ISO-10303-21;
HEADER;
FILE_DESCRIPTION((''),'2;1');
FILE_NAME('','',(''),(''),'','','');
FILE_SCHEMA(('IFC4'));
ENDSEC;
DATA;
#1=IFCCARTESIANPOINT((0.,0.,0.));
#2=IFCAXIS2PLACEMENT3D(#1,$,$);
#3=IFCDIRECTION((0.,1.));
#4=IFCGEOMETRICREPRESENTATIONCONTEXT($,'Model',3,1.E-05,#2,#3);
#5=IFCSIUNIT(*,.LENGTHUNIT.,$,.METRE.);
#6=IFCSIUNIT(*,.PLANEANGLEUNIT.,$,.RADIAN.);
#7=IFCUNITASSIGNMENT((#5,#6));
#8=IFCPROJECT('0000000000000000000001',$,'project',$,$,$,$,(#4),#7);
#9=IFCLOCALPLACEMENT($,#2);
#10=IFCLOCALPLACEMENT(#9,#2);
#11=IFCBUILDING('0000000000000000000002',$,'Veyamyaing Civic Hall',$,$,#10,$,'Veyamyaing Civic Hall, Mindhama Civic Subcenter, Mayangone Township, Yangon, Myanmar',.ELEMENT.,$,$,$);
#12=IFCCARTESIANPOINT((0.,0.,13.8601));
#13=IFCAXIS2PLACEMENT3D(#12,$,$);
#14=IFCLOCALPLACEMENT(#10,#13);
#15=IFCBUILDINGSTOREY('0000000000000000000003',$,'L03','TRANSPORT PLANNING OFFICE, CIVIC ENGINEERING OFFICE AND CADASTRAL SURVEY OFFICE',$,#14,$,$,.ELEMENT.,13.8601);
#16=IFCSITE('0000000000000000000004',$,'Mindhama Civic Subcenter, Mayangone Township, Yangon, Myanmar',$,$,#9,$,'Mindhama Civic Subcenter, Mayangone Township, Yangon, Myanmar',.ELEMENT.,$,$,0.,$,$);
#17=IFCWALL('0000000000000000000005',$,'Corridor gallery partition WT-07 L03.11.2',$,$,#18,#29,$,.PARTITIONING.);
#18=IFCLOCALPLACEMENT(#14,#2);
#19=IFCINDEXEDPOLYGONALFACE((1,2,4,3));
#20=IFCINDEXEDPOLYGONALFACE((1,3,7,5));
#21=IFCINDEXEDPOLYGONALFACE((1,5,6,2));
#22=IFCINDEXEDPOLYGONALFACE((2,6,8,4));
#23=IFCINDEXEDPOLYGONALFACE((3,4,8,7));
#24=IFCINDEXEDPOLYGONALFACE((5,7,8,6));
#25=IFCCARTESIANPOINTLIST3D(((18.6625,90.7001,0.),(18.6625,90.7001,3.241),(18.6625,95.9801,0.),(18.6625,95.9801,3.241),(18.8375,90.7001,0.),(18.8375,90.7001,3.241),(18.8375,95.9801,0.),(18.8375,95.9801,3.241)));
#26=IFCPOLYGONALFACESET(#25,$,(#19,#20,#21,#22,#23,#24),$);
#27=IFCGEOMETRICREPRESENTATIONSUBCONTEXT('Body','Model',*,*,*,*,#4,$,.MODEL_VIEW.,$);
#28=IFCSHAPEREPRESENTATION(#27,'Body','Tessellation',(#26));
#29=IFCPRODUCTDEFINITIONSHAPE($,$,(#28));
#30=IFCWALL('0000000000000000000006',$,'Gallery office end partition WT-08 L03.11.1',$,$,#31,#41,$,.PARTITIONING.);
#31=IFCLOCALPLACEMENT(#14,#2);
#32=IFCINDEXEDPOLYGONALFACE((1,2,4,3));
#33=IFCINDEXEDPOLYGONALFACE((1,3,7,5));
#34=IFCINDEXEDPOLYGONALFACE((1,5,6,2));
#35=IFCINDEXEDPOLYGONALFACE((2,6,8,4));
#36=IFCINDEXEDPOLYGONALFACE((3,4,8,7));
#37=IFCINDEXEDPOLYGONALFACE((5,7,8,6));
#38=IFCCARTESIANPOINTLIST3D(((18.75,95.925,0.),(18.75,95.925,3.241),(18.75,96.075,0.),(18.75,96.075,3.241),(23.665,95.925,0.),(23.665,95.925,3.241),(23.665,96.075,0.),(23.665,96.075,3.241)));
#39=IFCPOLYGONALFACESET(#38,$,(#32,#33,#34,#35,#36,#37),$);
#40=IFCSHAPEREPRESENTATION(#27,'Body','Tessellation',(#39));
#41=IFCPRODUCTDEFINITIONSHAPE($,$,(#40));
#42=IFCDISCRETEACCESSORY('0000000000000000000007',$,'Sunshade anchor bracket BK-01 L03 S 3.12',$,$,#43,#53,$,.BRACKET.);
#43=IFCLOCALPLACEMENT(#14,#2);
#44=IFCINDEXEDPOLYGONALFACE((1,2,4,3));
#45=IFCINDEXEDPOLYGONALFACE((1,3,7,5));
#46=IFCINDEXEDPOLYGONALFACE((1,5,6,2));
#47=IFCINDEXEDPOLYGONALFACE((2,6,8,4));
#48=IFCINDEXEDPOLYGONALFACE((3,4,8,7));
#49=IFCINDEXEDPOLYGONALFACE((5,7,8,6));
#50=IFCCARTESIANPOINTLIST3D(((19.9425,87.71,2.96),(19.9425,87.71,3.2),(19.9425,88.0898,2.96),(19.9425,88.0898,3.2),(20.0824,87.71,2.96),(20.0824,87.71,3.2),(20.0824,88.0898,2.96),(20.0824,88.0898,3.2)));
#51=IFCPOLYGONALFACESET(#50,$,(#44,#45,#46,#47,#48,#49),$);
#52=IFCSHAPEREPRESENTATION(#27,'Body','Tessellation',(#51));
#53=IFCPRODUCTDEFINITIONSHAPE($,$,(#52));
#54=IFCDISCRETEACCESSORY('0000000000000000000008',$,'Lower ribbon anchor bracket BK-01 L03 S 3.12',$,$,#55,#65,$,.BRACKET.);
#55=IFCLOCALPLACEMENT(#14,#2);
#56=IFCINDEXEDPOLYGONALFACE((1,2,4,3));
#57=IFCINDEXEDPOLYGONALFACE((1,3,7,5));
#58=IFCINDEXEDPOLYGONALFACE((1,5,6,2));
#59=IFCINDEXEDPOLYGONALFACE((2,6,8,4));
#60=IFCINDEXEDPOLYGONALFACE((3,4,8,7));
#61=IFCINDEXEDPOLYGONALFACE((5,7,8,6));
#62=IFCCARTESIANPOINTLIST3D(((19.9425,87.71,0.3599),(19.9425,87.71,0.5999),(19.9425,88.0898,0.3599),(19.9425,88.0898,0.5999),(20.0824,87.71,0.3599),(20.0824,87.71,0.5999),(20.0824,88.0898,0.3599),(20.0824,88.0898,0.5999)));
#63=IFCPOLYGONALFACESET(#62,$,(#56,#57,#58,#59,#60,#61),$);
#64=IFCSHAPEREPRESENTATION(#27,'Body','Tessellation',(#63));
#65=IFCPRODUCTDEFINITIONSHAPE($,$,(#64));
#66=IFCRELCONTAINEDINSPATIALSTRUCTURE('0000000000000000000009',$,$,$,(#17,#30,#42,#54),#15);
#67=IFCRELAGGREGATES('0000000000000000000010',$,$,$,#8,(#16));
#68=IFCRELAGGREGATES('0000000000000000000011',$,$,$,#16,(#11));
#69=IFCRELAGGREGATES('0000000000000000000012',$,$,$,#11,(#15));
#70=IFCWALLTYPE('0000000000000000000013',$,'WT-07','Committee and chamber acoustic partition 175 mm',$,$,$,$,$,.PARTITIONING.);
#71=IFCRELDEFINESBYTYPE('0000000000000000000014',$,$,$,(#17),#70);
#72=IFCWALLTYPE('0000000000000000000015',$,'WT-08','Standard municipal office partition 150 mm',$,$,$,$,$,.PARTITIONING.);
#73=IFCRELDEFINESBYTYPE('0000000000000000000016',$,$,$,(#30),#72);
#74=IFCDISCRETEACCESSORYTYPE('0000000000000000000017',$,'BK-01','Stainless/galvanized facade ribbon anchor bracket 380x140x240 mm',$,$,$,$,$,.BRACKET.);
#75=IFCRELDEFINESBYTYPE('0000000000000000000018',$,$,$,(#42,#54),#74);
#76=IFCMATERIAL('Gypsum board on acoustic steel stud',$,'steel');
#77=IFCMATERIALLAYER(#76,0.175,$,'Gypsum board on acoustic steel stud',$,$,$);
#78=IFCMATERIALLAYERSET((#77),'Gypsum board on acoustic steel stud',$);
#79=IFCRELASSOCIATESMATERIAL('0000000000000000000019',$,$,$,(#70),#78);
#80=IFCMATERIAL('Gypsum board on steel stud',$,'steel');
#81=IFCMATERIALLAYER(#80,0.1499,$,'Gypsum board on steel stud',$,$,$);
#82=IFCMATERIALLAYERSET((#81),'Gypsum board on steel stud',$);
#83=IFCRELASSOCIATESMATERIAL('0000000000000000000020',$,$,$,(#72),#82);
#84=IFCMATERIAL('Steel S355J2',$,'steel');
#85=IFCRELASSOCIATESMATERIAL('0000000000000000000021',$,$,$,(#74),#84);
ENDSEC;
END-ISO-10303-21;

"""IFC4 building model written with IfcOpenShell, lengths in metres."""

from ifc_helpers import new_model, si_unit, direction, frame, frame_2d, origin, origin_2d, place, context, subcontext, project, spatial, rectangle, extrude, material, layer, layer_set, type_object, element, save


model = new_model("IFC4")

# Units and contexts
model_context = context("Model", 3, precision=1e-05, world=origin(), true_north=direction((0.0, 1.0)))
body_context = subcontext(model_context, "Body", "Model", "MODEL_VIEW")
ifc_project = project(units=[si_unit("LENGTHUNIT", "METRE"), si_unit("PLANEANGLEUNIT", "RADIAN")], contexts=[model_context])

# Site, building, storey
site_placement = place(None, origin())
site = spatial("IfcSite", under=ifc_project, at=site_placement, Name="Mindhama Civic Subcenter, Mayangone Township, Yangon, Myanmar", LongName="Mindhama Civic Subcenter, Mayangone Township, Yangon, Myanmar", CompositionType="ELEMENT", RefElevation=0.0)
building_placement = place(site_placement, origin())
building = spatial("IfcBuilding", under=site, at=building_placement, Name="Veyamyaing Civic Hall", LongName="Veyamyaing Civic Hall, Mindhama Civic Subcenter, Mayangone Township, Yangon, Myanmar", CompositionType="ELEMENT")
storey_placement = place(building_placement, frame((0.0, 0.0, 13.8601)))
storey = spatial("IfcBuildingStorey", under=building, at=storey_placement, Name="L03", Description="TRANSPORT PLANNING OFFICE, CIVIC ENGINEERING OFFICE AND CADASTRAL SURVEY OFFICE", CompositionType="ELEMENT", Elevation=13.8601)

# Shared definitions
ifc_material_1 = material(Name="Gypsum board on acoustic steel stud", Category="steel")
ifc_layer_1 = layer(ifc_material_1, 0.175, Name="Gypsum board on acoustic steel stud")
ifc_layer_set_1 = layer_set([ifc_layer_1], Name="Gypsum board on acoustic steel stud")
wall_type_1 = type_object("IfcWallType", Name="WT-07", Description="Committee and chamber acoustic partition 175 mm", PredefinedType="PARTITIONING", material=ifc_layer_set_1)

# Walls
wall_1_placement = place(storey_placement, frame((18.75, 90.7, 0.0), z_axis=(0.0, 0.0, 1.0), x_axis=(0.0, 1.0, 0.0)))
element("IfcWall", 1, at=wall_1_placement, inside=storey, type_object=wall_type_1, Name="Corridor gallery partition WT-07 L03.11.2", PredefinedType="PARTITIONING", context=body_context, shape_type="SweptSolid", body=[
    extrude(rectangle(XDim=5.28, YDim=0.175, at=frame_2d((2.6401, 0.0))), origin(), (0.0, 0.0, 1.0), 3.241),
])
ifc_material_2 = material(Name="Gypsum board on steel stud", Category="steel")
ifc_layer_2 = layer(ifc_material_2, 0.1499, Name="Gypsum board on steel stud")
ifc_layer_set_2 = layer_set([ifc_layer_2], Name="Gypsum board on steel stud")
wall_type_2 = type_object("IfcWallType", Name="WT-08", Description="Standard municipal office partition 150 mm", PredefinedType="PARTITIONING", material=ifc_layer_set_2)
wall_2_placement = place(storey_placement, frame((18.75, 96.0, 0.0), z_axis=(0.0, 0.0, 1.0), x_axis=(1.0, 0.0, 0.0)))
element("IfcWall", 2, at=wall_2_placement, inside=storey, type_object=wall_type_2, Name="Gallery office end partition WT-08 L03.11.1", PredefinedType="PARTITIONING", context=body_context, shape_type="SweptSolid", body=[
    extrude(rectangle(XDim=4.915, YDim=0.1499, at=frame_2d((2.4575, 0.0))), origin(), (0.0, 0.0, 1.0), 3.241),
])

# Discrete accessories
ifc_material_3 = material(Name="Steel S355J2", Category="steel")
discrete_accessory_type = type_object("IfcDiscreteAccessoryType", Name="BK-01", Description="Stainless/galvanized facade ribbon anchor bracket 380x140x240 mm", PredefinedType="BRACKET", material=ifc_material_3)
for number, where, z_axis, x_axis, name in (
    (3, (20.0125, 87.8999, 2.96), (0.0, 0.0, 1.0), (0.0, -1.0, 0.0), "Sunshade anchor bracket BK-01 L03 S 3.12"),
    (4, (20.0125, 87.8999, 0.3599), (0.0, 0.0, 1.0), (0.0, -1.0, 0.0), "Lower ribbon anchor bracket BK-01 L03 S 3.12"),
):
    element("IfcDiscreteAccessory", number, at=place(storey_placement, frame(where, z_axis=z_axis, x_axis=x_axis)), inside=storey, type_object=discrete_accessory_type, Name=name, PredefinedType="BRACKET", context=body_context, shape_type="SweptSolid", body=[
        extrude(rectangle(XDim=0.3799, YDim=0.1399, at=origin_2d()), origin(), (0.0, 0.0, 1.0), 0.24),
    ])

save(model, "model.ifc")
